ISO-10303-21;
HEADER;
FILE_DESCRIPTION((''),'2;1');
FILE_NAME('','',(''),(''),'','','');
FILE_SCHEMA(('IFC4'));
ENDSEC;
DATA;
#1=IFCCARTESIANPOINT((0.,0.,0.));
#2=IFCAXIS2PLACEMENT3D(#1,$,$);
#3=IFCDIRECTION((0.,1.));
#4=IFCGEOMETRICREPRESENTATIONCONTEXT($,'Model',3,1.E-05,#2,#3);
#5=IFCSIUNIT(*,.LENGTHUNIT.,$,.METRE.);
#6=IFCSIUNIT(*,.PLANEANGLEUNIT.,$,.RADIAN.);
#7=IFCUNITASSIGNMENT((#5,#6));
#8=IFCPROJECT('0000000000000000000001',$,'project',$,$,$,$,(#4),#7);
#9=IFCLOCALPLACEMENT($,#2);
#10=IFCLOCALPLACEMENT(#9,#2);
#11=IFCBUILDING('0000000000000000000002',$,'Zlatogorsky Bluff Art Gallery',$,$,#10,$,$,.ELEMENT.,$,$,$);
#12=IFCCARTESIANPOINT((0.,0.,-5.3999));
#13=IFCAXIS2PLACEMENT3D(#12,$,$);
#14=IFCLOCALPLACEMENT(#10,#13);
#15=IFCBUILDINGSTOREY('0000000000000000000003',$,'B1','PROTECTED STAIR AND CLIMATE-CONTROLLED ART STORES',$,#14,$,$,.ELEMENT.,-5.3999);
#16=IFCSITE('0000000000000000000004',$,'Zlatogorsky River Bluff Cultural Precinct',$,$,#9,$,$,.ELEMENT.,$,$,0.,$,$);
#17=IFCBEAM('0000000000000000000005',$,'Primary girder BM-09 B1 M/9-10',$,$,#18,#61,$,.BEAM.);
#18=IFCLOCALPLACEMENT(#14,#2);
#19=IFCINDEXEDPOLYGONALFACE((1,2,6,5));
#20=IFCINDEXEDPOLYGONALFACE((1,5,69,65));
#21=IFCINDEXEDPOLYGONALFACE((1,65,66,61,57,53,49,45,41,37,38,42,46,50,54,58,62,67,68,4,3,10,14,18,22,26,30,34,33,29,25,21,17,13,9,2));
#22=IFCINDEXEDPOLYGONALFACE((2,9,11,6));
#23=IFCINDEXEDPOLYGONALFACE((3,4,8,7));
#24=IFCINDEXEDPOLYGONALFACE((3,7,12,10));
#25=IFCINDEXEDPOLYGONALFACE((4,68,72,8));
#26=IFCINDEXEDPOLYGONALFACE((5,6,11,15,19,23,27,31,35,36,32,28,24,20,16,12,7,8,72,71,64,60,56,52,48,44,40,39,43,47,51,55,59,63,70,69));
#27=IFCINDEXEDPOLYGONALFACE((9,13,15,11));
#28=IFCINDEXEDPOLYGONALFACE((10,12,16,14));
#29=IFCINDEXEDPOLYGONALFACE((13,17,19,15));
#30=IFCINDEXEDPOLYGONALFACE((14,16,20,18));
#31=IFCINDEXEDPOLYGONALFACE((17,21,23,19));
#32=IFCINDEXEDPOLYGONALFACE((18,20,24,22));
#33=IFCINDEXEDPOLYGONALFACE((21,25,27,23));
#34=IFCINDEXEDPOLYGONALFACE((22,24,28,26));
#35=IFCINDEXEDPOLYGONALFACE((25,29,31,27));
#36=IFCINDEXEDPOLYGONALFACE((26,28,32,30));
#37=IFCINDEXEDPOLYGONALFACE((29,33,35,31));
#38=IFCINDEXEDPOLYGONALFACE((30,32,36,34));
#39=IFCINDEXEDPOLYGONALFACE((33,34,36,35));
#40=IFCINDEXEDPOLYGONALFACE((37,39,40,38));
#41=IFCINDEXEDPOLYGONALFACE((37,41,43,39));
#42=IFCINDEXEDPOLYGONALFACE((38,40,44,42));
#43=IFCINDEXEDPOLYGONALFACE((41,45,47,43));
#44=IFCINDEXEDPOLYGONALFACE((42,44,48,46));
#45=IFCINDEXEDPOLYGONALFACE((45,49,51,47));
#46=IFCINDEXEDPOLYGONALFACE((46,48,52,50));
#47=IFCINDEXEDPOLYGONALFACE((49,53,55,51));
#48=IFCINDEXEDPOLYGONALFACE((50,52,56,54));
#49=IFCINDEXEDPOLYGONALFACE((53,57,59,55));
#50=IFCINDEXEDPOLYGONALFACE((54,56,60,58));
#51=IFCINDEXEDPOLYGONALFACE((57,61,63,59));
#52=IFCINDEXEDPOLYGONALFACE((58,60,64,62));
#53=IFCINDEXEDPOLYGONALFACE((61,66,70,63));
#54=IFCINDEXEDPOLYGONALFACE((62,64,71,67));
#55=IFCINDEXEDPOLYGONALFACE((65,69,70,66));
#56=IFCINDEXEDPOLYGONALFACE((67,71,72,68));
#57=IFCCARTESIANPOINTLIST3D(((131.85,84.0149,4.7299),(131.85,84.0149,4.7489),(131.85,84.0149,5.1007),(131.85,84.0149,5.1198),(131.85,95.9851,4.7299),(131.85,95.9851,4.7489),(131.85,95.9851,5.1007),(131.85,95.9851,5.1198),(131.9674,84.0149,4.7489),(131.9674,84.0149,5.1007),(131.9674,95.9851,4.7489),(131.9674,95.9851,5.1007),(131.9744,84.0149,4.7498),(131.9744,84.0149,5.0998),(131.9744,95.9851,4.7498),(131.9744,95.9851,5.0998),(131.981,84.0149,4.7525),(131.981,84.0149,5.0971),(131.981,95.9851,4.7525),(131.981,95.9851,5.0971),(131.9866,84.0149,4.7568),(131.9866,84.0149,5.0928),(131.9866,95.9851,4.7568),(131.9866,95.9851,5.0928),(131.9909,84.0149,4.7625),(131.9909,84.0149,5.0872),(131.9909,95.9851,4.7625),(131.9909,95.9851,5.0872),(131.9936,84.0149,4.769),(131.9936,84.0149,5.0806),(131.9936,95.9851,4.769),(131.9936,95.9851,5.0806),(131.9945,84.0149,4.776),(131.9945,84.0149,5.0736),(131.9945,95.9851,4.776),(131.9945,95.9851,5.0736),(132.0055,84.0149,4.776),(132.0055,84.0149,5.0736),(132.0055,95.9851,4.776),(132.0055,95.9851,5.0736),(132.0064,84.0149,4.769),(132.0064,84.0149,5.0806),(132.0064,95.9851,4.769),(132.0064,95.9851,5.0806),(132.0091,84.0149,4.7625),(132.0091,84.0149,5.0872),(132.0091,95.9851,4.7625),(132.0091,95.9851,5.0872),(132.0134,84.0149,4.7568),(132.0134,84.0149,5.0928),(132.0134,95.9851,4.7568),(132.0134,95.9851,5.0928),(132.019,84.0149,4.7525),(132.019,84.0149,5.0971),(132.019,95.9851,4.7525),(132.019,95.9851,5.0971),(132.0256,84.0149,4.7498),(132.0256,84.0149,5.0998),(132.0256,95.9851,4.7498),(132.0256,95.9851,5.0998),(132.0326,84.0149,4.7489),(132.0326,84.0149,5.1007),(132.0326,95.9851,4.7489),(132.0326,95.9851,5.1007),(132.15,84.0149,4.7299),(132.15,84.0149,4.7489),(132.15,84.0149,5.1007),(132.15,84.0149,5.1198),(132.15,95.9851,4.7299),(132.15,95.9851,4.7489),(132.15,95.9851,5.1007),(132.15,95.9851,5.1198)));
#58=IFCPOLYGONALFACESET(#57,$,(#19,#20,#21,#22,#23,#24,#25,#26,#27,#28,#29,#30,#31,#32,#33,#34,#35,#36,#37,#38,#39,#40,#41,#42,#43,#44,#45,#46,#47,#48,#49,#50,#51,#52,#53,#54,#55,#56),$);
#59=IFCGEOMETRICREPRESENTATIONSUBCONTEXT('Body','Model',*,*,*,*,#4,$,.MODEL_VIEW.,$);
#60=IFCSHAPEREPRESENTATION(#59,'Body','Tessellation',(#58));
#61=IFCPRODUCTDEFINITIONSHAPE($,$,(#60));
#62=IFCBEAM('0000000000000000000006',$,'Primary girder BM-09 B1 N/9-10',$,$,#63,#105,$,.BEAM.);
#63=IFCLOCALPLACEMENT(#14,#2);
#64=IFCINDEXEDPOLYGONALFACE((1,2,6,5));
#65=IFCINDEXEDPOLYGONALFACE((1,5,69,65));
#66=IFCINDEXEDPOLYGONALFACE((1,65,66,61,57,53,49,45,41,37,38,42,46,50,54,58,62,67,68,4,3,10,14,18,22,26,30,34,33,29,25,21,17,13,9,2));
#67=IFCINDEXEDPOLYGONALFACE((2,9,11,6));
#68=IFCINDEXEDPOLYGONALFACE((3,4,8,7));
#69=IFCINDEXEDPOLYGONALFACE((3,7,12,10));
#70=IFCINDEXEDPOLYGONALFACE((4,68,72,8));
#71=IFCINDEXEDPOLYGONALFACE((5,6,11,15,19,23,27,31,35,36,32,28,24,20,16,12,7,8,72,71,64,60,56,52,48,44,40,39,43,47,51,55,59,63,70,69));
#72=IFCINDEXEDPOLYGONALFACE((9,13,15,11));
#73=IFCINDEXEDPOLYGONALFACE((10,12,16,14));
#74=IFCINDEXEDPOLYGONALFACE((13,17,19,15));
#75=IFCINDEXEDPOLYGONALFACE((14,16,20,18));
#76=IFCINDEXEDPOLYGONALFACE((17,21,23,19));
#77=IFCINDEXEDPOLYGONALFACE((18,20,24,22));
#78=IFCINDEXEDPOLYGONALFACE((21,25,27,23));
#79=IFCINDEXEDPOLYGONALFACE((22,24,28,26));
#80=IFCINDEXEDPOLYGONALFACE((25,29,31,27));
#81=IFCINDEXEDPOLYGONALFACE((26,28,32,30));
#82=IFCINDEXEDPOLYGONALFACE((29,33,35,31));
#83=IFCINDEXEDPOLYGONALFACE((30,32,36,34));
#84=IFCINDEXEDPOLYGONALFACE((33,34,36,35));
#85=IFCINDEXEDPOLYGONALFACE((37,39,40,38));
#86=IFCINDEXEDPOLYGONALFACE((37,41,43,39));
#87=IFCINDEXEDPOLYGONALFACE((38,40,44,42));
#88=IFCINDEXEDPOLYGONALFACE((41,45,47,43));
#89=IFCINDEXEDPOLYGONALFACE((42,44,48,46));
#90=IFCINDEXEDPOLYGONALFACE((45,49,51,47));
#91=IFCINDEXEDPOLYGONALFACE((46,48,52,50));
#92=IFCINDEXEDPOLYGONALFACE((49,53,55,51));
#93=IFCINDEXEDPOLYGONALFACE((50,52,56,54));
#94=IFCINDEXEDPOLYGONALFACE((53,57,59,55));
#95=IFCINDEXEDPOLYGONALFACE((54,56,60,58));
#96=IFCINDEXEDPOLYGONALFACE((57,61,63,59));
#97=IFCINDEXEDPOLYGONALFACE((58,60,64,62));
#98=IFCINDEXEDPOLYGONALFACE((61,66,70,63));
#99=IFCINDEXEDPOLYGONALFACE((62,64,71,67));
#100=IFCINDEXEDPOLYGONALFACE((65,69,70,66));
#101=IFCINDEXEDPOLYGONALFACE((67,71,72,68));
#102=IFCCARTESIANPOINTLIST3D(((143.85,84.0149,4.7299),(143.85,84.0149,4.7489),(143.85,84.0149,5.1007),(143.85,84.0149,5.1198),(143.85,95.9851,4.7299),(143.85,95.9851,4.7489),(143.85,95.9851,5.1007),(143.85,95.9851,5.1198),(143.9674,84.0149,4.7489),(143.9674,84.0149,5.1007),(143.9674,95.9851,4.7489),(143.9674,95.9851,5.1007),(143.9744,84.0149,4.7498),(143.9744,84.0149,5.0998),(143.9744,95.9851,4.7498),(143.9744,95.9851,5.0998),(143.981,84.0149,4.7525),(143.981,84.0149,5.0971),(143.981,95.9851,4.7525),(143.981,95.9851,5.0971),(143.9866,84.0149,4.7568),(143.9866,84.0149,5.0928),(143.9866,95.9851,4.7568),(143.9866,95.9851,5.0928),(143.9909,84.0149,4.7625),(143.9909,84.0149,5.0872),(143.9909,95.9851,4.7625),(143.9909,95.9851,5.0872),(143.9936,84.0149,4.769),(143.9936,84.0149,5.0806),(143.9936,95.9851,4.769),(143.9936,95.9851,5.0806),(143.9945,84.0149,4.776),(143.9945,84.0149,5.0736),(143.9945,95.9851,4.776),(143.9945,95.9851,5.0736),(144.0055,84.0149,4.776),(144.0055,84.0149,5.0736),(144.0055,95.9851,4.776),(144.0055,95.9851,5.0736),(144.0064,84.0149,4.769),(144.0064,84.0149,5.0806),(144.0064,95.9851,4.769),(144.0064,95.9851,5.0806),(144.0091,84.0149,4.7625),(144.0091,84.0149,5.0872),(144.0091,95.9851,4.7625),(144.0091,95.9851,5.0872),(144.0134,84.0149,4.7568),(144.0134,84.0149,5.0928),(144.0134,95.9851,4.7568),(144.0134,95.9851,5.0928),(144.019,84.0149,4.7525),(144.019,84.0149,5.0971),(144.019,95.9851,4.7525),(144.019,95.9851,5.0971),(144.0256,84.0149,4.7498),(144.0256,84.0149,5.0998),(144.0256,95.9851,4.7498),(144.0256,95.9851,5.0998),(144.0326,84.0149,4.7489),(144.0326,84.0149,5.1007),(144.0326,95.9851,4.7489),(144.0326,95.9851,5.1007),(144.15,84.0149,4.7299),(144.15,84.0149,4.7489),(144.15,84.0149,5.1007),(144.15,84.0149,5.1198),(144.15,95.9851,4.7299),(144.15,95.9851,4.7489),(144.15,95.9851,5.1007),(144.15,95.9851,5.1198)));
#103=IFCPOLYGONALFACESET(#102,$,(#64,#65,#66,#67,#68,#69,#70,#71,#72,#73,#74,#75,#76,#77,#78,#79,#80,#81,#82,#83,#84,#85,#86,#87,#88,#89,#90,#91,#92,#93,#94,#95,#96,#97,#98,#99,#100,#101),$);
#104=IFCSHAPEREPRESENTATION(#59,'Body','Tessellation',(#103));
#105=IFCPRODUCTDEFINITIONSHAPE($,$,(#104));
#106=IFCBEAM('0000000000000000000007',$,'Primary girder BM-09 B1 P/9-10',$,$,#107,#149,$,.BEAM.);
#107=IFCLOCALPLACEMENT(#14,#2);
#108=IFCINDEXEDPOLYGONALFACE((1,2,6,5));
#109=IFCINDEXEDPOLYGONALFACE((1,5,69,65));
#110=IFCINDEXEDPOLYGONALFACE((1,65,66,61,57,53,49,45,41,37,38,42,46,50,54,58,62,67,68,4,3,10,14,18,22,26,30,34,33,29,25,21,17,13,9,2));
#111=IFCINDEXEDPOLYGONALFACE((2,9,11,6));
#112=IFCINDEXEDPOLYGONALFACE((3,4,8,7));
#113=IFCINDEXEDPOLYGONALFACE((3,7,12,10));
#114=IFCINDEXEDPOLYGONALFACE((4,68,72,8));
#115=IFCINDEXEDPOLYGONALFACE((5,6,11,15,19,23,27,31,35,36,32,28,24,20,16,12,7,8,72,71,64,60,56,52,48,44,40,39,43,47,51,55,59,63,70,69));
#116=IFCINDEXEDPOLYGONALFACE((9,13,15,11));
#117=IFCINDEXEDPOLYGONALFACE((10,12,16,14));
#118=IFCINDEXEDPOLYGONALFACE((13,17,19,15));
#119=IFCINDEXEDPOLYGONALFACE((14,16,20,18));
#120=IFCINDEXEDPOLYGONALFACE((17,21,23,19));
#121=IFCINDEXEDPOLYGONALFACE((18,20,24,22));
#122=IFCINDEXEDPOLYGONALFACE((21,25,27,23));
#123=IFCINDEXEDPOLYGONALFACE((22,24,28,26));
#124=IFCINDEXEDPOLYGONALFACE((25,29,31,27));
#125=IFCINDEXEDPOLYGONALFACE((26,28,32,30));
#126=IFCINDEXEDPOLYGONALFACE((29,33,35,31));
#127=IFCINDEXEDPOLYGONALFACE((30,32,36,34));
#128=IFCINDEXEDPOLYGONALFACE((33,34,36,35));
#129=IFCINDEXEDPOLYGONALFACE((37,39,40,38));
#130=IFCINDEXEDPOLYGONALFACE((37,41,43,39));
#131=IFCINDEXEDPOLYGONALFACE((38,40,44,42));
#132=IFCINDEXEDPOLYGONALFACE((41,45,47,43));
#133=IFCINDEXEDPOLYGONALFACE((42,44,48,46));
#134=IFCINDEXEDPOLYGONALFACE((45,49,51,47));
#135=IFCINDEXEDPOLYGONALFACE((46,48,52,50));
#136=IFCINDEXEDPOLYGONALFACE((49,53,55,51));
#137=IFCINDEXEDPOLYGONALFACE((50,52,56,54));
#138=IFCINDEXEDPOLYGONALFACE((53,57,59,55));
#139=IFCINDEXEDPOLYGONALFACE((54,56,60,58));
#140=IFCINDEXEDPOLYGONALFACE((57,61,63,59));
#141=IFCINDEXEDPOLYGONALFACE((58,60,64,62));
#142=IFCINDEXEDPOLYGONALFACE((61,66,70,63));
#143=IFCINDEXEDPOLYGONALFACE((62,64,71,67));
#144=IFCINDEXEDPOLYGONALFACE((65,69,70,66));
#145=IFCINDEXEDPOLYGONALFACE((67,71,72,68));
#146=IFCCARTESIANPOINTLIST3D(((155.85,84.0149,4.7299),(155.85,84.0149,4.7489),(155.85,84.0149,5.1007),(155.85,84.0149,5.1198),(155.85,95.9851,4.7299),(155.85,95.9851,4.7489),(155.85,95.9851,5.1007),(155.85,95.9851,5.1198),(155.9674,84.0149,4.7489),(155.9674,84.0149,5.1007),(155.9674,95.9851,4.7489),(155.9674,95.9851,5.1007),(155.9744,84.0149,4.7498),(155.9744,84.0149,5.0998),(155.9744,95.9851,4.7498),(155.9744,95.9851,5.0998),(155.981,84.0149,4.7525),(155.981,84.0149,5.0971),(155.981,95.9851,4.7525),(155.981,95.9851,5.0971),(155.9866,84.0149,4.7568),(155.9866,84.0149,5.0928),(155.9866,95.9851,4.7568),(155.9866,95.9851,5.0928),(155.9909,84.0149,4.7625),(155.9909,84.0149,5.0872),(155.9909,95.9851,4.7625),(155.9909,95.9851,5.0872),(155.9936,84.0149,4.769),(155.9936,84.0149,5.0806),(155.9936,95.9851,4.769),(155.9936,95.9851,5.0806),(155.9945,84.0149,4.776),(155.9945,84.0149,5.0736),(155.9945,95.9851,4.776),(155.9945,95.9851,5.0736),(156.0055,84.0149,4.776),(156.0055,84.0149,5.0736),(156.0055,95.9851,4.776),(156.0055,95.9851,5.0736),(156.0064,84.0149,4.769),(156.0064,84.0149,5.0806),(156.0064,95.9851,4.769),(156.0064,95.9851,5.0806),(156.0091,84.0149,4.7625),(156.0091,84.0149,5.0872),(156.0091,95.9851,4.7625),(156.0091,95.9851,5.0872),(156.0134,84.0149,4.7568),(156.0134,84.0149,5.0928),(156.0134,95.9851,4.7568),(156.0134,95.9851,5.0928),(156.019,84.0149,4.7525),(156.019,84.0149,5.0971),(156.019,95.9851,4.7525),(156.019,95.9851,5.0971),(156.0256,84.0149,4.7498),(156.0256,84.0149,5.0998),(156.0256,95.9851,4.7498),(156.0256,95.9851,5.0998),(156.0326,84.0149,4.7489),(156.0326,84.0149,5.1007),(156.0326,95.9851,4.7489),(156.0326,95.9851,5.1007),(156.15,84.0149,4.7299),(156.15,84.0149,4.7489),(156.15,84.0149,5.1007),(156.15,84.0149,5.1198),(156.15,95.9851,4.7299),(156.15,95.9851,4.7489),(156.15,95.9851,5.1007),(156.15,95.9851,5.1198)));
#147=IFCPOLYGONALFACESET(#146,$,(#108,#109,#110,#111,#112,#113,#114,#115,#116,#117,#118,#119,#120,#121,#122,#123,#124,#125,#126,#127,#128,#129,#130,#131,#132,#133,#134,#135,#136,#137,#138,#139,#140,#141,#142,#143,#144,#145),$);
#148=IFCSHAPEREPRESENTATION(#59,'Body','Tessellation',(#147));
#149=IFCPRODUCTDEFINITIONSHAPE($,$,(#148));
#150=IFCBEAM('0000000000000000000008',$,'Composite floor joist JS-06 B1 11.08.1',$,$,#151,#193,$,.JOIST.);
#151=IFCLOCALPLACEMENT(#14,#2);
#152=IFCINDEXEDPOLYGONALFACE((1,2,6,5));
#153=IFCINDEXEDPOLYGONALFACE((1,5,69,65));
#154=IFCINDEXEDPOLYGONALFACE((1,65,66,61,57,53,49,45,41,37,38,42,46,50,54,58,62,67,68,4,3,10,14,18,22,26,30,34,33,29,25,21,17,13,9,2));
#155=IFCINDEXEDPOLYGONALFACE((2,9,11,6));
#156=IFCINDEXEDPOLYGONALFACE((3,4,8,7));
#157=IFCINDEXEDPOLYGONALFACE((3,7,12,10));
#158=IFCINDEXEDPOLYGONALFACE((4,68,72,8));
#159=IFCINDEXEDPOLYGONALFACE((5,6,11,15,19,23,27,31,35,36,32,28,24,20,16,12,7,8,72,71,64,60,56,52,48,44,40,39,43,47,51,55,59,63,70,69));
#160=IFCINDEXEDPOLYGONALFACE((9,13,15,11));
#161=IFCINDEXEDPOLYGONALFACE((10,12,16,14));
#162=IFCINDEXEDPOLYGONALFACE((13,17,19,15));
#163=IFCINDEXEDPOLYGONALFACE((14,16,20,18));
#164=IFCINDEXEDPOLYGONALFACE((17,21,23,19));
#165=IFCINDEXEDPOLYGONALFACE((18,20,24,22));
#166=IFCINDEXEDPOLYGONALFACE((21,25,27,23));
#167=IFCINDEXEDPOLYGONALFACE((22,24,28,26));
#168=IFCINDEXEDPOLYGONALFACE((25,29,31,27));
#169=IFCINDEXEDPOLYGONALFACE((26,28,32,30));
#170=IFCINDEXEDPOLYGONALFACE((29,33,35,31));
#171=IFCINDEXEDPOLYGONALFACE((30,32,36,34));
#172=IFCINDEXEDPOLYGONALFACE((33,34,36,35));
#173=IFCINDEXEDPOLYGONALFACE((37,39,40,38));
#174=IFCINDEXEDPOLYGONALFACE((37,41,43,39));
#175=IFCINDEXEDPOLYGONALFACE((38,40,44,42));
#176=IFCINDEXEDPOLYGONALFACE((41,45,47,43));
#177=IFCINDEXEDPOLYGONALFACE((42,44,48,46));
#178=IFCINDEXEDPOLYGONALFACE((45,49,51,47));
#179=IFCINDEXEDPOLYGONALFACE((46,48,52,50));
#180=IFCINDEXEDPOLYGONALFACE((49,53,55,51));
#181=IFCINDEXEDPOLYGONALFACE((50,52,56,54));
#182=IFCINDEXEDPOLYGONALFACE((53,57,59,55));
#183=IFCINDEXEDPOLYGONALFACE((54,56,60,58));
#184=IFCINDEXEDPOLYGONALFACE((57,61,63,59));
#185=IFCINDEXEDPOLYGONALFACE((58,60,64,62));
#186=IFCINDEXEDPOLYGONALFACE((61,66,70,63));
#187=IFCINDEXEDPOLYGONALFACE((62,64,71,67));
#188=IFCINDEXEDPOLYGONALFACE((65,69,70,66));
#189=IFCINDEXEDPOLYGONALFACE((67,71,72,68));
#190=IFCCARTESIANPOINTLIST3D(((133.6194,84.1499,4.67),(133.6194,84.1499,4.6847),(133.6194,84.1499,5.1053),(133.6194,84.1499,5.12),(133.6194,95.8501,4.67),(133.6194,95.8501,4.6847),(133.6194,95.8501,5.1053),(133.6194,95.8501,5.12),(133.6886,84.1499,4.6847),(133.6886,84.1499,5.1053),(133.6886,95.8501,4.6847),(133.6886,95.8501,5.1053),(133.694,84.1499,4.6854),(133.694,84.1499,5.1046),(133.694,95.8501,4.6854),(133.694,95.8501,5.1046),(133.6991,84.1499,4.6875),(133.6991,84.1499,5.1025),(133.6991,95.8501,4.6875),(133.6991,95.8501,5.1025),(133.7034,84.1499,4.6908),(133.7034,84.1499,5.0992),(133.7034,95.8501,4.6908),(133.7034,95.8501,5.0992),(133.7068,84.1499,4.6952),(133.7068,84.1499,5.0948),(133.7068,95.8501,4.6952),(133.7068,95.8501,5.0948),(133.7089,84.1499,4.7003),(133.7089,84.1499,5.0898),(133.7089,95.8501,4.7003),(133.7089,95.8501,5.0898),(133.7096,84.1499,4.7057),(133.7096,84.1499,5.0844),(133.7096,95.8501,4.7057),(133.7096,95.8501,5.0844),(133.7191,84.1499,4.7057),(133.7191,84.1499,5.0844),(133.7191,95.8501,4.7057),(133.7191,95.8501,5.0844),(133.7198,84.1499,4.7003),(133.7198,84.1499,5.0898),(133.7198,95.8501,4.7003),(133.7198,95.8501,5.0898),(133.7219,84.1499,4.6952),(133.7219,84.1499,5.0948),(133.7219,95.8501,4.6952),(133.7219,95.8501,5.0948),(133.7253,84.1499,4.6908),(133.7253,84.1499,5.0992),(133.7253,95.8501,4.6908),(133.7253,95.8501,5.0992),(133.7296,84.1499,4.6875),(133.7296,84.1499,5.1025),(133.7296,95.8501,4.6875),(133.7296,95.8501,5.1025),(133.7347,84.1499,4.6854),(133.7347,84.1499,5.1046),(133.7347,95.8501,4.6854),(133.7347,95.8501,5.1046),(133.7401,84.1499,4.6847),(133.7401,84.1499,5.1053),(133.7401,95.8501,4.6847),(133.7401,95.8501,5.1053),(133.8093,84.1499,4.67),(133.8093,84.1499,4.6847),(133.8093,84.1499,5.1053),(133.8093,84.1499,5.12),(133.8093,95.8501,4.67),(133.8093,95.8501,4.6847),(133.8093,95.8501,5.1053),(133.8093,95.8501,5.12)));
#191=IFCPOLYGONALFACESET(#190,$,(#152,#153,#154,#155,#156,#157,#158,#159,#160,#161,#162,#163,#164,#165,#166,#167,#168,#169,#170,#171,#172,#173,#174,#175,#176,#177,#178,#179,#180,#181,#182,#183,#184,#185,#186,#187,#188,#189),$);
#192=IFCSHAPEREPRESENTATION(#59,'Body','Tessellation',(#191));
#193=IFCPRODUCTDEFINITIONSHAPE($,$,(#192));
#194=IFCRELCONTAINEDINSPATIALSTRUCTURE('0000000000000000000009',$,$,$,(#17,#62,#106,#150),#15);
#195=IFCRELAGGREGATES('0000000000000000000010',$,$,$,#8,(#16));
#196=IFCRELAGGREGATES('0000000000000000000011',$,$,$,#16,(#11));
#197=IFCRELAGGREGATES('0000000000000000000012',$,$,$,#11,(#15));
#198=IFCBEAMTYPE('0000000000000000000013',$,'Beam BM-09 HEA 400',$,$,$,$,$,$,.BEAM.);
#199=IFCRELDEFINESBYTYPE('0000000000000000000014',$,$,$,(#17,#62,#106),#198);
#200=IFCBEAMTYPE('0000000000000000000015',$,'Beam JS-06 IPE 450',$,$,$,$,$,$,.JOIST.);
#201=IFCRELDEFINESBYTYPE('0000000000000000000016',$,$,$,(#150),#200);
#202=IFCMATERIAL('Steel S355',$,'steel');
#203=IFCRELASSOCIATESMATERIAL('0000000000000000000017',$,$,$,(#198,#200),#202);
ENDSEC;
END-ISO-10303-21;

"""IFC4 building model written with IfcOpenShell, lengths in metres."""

from ifc_helpers import new_model, si_unit, direction, frame, origin, origin_2d, place, context, subcontext, project, spatial, i_section, extrude, material, material_profile, profile_set, type_object, element, save


model = new_model("IFC4")

# Units and contexts
model_context = context("Model", 3, precision=1e-05, world=origin(), true_north=direction((0.0, 1.0)))
body_context = subcontext(model_context, "Body", "Model", "MODEL_VIEW")
ifc_project = project(units=[si_unit("LENGTHUNIT", "METRE"), si_unit("PLANEANGLEUNIT", "RADIAN")], contexts=[model_context])

# Site, building, storey
site_placement = place(None, origin())
site = spatial("IfcSite", under=ifc_project, at=site_placement, Name="Zlatogorsky River Bluff Cultural Precinct", CompositionType="ELEMENT", RefElevation=0.0)
building_placement = place(site_placement, origin())
building = spatial("IfcBuilding", under=site, at=building_placement, Name="Zlatogorsky Bluff Art Gallery", CompositionType="ELEMENT")
storey_placement = place(building_placement, frame((0.0, 0.0, -5.3999)))
storey = spatial("IfcBuildingStorey", under=building, at=storey_placement, Name="B1", Description="PROTECTED STAIR AND CLIMATE-CONTROLLED ART STORES", CompositionType="ELEMENT", Elevation=-5.3999)

# Beams
ifc_material_1 = material(Name="Steel S355", Category="steel")
ifc_material_profile_1 = material_profile(ifc_material_1, i_section(OverallWidth=0.3, OverallDepth=0.3899, WebThickness=0.011, FlangeThickness=0.019, FilletRadius=0.0271, at=origin_2d()), Name="HEA 400")
ifc_profile_set_1 = profile_set([ifc_material_profile_1], Name="Steel S355")
beam_type_1 = type_object("IfcBeamType", Name="Beam BM-09 HEA 400", PredefinedType="BEAM", material=ifc_profile_set_1)
for number, where, z_axis, x_axis, name in (
    (1, (132.0, 84.0149, 4.9248), (0.0, 1.0, 0.0), (-1.0, 0.0, 0.0), "Primary girder BM-09 B1 M/9-10"),
    (2, (144.0, 84.0149, 4.9248), (0.0, 1.0, 0.0), (-1.0, 0.0, 0.0), "Primary girder BM-09 B1 N/9-10"),
    (3, (156.0, 84.0149, 4.9248), (0.0, 1.0, 0.0), (-1.0, 0.0, 0.0), "Primary girder BM-09 B1 P/9-10"),
):
    element("IfcBeam", number, at=place(storey_placement, frame(where, z_axis=z_axis, x_axis=x_axis)), inside=storey, type_object=beam_type_1, Name=name, PredefinedType="BEAM", context=body_context, shape_type="SweptSolid", body=[
        extrude(i_section(OverallWidth=0.3, OverallDepth=0.3899, WebThickness=0.011, FlangeThickness=0.019, FilletRadius=0.0271, at=origin_2d()), origin(), (0.0, 0.0, 1.0), 11.9702),
    ])
ifc_material_profile_2 = material_profile(ifc_material_1, i_section(OverallWidth=0.1899, OverallDepth=0.45, WebThickness=0.0095, FlangeThickness=0.0146, FilletRadius=0.021, at=origin_2d()), Name="IPE 450")
ifc_profile_set_2 = profile_set([ifc_material_profile_2], Name="Steel S355")
beam_type_2 = type_object("IfcBeamType", Name="Beam JS-06 IPE 450", PredefinedType="JOIST", material=ifc_profile_set_2)
for number, where, z_axis, x_axis, name in (
    (4, (133.7144, 84.1499, 4.895), (0.0, 1.0, 0.0), (-1.0, 0.0, 0.0), "Composite floor joist JS-06 B1 11.08.1"),
):
    element("IfcBeam", number, at=place(storey_placement, frame(where, z_axis=z_axis, x_axis=x_axis)), inside=storey, type_object=beam_type_2, Name=name, PredefinedType="JOIST", context=body_context, shape_type="SweptSolid", body=[
        extrude(i_section(OverallWidth=0.1899, OverallDepth=0.45, WebThickness=0.0095, FlangeThickness=0.0146, FilletRadius=0.021, at=origin_2d()), origin(), (0.0, 0.0, 1.0), 11.7002),
    ])

save(model, "model.ifc")
